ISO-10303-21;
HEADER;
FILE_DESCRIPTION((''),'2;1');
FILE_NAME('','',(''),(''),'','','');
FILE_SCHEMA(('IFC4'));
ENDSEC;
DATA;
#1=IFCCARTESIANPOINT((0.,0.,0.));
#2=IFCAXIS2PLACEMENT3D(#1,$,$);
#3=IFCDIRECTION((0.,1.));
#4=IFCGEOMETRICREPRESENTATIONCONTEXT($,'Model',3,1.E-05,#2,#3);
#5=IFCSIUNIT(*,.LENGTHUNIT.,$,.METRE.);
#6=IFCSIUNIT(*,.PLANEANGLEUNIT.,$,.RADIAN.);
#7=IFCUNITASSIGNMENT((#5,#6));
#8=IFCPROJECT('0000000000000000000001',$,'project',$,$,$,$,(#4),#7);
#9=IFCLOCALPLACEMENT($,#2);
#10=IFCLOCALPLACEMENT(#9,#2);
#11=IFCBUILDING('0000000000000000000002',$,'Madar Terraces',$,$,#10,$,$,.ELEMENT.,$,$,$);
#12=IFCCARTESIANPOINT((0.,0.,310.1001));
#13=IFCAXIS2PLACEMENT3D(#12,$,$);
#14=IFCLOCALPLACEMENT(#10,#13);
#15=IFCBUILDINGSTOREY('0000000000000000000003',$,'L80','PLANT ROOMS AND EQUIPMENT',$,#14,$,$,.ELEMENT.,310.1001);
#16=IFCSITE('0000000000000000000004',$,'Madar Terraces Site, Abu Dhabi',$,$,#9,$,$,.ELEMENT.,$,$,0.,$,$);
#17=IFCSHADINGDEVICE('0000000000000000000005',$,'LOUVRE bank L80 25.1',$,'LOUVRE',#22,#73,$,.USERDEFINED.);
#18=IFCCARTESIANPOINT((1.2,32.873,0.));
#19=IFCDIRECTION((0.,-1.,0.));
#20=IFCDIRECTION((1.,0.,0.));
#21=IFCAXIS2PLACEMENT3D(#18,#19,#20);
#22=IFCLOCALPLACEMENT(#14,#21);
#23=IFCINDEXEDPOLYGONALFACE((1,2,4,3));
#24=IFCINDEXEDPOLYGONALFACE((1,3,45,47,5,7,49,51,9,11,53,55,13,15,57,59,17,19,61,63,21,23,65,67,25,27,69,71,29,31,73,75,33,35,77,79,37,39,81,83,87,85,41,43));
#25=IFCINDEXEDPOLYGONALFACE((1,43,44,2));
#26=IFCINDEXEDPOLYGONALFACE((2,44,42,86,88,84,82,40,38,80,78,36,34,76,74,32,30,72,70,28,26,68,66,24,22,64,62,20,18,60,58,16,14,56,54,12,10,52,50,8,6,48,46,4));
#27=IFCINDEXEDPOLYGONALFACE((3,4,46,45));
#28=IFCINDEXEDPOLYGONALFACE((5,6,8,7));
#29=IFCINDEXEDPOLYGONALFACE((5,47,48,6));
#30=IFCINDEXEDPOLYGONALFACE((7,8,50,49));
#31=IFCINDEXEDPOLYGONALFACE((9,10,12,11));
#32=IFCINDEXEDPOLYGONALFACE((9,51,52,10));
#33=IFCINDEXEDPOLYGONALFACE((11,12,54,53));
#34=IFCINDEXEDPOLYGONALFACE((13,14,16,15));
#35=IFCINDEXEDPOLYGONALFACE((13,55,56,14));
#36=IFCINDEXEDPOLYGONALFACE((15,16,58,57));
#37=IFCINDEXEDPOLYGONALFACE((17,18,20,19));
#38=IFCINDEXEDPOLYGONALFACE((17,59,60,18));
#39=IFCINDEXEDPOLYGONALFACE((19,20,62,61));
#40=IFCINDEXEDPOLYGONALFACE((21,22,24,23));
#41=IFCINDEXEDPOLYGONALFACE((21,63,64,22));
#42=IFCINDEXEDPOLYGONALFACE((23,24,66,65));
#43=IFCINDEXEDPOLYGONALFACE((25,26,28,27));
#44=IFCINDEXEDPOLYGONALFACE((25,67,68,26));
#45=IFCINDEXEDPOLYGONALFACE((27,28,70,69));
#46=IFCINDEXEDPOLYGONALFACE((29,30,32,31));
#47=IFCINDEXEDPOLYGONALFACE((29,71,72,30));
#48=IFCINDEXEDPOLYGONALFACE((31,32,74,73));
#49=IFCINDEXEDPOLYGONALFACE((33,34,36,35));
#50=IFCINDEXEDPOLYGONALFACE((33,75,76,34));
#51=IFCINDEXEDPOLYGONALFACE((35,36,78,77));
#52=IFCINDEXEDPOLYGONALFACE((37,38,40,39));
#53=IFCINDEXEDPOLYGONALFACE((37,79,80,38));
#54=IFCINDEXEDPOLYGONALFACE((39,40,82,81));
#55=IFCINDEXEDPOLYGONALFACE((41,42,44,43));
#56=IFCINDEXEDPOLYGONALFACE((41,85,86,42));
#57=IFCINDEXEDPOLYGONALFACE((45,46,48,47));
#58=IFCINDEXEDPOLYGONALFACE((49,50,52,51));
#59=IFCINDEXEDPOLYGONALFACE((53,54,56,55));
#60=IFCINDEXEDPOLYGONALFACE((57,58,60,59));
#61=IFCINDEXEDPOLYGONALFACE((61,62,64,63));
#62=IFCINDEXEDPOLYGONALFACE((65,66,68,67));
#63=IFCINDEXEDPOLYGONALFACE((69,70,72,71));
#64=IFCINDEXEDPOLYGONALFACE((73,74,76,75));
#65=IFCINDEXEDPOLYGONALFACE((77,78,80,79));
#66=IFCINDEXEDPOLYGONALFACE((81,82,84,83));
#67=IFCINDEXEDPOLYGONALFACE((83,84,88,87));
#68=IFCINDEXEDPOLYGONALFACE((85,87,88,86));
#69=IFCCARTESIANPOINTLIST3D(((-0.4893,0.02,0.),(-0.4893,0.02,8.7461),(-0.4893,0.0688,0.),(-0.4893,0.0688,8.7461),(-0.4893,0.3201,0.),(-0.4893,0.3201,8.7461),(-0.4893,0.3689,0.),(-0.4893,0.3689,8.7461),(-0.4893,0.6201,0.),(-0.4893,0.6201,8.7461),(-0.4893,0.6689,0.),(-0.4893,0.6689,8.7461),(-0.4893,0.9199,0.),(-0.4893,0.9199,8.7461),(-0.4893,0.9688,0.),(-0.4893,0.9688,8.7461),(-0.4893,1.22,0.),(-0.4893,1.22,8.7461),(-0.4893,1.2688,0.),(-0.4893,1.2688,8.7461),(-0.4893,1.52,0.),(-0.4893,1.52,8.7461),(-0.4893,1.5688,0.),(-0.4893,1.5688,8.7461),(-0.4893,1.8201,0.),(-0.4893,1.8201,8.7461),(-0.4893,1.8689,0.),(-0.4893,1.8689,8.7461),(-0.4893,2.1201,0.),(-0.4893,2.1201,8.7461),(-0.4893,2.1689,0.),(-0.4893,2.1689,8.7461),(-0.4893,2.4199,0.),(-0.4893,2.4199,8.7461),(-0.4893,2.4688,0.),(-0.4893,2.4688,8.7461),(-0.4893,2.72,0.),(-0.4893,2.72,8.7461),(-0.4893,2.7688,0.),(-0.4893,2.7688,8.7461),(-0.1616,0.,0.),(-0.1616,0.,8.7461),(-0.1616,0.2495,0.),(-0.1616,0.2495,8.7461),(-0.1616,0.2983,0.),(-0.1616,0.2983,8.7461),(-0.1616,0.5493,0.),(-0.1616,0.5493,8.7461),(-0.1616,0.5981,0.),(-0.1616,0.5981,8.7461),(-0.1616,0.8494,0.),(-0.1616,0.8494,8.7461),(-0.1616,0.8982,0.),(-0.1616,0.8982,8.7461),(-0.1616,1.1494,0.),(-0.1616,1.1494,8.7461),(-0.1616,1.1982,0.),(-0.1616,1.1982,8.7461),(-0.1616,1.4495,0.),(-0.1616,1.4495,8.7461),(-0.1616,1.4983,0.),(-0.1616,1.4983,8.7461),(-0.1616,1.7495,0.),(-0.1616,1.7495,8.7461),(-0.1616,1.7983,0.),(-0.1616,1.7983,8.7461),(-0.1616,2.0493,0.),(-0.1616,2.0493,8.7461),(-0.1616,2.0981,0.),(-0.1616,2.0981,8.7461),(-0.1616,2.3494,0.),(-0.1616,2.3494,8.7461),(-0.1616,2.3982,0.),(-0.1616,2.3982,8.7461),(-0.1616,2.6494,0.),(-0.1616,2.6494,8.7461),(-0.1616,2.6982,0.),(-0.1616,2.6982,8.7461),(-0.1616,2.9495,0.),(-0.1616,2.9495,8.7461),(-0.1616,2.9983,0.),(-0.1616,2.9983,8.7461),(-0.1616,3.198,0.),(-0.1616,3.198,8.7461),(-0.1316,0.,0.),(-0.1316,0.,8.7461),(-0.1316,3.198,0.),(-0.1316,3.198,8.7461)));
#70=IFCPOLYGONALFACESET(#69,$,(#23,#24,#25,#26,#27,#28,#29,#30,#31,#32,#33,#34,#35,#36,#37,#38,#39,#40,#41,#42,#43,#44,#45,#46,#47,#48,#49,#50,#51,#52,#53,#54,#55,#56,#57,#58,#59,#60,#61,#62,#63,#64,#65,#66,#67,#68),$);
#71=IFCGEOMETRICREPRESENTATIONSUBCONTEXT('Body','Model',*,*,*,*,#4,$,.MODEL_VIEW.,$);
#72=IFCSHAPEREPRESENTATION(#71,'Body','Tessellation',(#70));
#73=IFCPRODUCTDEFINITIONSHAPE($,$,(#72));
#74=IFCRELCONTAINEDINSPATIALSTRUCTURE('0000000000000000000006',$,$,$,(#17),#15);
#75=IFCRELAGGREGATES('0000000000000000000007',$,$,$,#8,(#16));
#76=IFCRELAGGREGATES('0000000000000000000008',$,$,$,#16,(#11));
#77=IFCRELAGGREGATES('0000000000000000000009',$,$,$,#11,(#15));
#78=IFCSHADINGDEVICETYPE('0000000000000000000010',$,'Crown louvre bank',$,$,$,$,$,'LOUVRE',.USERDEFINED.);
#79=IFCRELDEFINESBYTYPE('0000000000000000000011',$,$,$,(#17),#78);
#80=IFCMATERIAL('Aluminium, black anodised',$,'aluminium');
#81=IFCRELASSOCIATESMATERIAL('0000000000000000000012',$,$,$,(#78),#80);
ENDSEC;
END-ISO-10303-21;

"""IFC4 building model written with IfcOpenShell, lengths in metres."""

from ifc_helpers import new_model, si_unit, direction, frame, origin, place, context, subcontext, project, spatial, polyline, outline, extrude, material, type_object, element, save


model = new_model("IFC4")

# Units and contexts
model_context = context("Model", 3, precision=1e-05, world=origin(), true_north=direction((0.0, 1.0)))
body_context = subcontext(model_context, "Body", "Model", "MODEL_VIEW")
ifc_project = project(units=[si_unit("LENGTHUNIT", "METRE"), si_unit("PLANEANGLEUNIT", "RADIAN")], contexts=[model_context])

# Site, building, storey
site_placement = place(None, origin())
site = spatial("IfcSite", under=ifc_project, at=site_placement, Name="Madar Terraces Site, Abu Dhabi", CompositionType="ELEMENT", RefElevation=0.0)
building_placement = place(site_placement, origin())
building = spatial("IfcBuilding", under=site, at=building_placement, Name="Madar Terraces", CompositionType="ELEMENT")
storey_placement = place(building_placement, frame((0.0, 0.0, 310.1001)))
storey = spatial("IfcBuildingStorey", under=building, at=storey_placement, Name="L80", Description="PLANT ROOMS AND EQUIPMENT", CompositionType="ELEMENT", Elevation=310.1001)

# Shading device
ifc_material_1 = material(Name="Aluminium, black anodised", Category="aluminium")
shading_device_type = type_object("IfcShadingDeviceType", Name="Crown louvre bank", ElementType="LOUVRE", PredefinedType="USERDEFINED", material=ifc_material_1)
shading_device_1_placement = place(storey_placement, frame((1.2, 32.873, 0.0), z_axis=(0.0, -1.0, 0.0), x_axis=(1.0, 0.0, 0.0)))
element("IfcShadingDevice", 1, at=shading_device_1_placement, inside=storey, type_object=shading_device_type, Name="LOUVRE bank L80 25.1", ObjectType="LOUVRE", PredefinedType="USERDEFINED", context=body_context, shape_type="SweptSolid", body=[
    extrude(outline(polyline([(-0.1316, 0.0), (-0.1616, 0.0), (-0.1616, 0.2495), (-0.4893, 0.02), (-0.4893, 0.0688), (-0.1616, 0.2983), (-0.1616, 0.5493), (-0.4893, 0.3201), (-0.4893, 0.3689), (-0.1616, 0.5981), (-0.1616, 0.8494), (-0.4893, 0.6201), (-0.4893, 0.6689), (-0.1616, 0.8982), (-0.1616, 1.1494), (-0.4893, 0.9199), (-0.4893, 0.9688), (-0.1616, 1.1982), (-0.1616, 1.4495), (-0.4893, 1.22), (-0.4893, 1.2688), (-0.1616, 1.4983), (-0.1616, 1.7495), (-0.4893, 1.52), (-0.4893, 1.5688), (-0.1616, 1.7983), (-0.1616, 2.0493), (-0.4893, 1.8201), (-0.4893, 1.8689), (-0.1616, 2.0981), (-0.1616, 2.3494), (-0.4893, 2.1201), (-0.4893, 2.1689), (-0.1616, 2.3982), (-0.1616, 2.6494), (-0.4893, 2.4199), (-0.4893, 2.4688), (-0.1616, 2.6982), (-0.1616, 2.9495), (-0.4893, 2.72), (-0.4893, 2.7688), (-0.1616, 2.9983), (-0.1616, 3.198), (-0.1316, 3.198), (-0.1316, 0.0)])), origin(), (0.0, 0.0, 1.0), 8.7461),
])

save(model, "model.ifc")
